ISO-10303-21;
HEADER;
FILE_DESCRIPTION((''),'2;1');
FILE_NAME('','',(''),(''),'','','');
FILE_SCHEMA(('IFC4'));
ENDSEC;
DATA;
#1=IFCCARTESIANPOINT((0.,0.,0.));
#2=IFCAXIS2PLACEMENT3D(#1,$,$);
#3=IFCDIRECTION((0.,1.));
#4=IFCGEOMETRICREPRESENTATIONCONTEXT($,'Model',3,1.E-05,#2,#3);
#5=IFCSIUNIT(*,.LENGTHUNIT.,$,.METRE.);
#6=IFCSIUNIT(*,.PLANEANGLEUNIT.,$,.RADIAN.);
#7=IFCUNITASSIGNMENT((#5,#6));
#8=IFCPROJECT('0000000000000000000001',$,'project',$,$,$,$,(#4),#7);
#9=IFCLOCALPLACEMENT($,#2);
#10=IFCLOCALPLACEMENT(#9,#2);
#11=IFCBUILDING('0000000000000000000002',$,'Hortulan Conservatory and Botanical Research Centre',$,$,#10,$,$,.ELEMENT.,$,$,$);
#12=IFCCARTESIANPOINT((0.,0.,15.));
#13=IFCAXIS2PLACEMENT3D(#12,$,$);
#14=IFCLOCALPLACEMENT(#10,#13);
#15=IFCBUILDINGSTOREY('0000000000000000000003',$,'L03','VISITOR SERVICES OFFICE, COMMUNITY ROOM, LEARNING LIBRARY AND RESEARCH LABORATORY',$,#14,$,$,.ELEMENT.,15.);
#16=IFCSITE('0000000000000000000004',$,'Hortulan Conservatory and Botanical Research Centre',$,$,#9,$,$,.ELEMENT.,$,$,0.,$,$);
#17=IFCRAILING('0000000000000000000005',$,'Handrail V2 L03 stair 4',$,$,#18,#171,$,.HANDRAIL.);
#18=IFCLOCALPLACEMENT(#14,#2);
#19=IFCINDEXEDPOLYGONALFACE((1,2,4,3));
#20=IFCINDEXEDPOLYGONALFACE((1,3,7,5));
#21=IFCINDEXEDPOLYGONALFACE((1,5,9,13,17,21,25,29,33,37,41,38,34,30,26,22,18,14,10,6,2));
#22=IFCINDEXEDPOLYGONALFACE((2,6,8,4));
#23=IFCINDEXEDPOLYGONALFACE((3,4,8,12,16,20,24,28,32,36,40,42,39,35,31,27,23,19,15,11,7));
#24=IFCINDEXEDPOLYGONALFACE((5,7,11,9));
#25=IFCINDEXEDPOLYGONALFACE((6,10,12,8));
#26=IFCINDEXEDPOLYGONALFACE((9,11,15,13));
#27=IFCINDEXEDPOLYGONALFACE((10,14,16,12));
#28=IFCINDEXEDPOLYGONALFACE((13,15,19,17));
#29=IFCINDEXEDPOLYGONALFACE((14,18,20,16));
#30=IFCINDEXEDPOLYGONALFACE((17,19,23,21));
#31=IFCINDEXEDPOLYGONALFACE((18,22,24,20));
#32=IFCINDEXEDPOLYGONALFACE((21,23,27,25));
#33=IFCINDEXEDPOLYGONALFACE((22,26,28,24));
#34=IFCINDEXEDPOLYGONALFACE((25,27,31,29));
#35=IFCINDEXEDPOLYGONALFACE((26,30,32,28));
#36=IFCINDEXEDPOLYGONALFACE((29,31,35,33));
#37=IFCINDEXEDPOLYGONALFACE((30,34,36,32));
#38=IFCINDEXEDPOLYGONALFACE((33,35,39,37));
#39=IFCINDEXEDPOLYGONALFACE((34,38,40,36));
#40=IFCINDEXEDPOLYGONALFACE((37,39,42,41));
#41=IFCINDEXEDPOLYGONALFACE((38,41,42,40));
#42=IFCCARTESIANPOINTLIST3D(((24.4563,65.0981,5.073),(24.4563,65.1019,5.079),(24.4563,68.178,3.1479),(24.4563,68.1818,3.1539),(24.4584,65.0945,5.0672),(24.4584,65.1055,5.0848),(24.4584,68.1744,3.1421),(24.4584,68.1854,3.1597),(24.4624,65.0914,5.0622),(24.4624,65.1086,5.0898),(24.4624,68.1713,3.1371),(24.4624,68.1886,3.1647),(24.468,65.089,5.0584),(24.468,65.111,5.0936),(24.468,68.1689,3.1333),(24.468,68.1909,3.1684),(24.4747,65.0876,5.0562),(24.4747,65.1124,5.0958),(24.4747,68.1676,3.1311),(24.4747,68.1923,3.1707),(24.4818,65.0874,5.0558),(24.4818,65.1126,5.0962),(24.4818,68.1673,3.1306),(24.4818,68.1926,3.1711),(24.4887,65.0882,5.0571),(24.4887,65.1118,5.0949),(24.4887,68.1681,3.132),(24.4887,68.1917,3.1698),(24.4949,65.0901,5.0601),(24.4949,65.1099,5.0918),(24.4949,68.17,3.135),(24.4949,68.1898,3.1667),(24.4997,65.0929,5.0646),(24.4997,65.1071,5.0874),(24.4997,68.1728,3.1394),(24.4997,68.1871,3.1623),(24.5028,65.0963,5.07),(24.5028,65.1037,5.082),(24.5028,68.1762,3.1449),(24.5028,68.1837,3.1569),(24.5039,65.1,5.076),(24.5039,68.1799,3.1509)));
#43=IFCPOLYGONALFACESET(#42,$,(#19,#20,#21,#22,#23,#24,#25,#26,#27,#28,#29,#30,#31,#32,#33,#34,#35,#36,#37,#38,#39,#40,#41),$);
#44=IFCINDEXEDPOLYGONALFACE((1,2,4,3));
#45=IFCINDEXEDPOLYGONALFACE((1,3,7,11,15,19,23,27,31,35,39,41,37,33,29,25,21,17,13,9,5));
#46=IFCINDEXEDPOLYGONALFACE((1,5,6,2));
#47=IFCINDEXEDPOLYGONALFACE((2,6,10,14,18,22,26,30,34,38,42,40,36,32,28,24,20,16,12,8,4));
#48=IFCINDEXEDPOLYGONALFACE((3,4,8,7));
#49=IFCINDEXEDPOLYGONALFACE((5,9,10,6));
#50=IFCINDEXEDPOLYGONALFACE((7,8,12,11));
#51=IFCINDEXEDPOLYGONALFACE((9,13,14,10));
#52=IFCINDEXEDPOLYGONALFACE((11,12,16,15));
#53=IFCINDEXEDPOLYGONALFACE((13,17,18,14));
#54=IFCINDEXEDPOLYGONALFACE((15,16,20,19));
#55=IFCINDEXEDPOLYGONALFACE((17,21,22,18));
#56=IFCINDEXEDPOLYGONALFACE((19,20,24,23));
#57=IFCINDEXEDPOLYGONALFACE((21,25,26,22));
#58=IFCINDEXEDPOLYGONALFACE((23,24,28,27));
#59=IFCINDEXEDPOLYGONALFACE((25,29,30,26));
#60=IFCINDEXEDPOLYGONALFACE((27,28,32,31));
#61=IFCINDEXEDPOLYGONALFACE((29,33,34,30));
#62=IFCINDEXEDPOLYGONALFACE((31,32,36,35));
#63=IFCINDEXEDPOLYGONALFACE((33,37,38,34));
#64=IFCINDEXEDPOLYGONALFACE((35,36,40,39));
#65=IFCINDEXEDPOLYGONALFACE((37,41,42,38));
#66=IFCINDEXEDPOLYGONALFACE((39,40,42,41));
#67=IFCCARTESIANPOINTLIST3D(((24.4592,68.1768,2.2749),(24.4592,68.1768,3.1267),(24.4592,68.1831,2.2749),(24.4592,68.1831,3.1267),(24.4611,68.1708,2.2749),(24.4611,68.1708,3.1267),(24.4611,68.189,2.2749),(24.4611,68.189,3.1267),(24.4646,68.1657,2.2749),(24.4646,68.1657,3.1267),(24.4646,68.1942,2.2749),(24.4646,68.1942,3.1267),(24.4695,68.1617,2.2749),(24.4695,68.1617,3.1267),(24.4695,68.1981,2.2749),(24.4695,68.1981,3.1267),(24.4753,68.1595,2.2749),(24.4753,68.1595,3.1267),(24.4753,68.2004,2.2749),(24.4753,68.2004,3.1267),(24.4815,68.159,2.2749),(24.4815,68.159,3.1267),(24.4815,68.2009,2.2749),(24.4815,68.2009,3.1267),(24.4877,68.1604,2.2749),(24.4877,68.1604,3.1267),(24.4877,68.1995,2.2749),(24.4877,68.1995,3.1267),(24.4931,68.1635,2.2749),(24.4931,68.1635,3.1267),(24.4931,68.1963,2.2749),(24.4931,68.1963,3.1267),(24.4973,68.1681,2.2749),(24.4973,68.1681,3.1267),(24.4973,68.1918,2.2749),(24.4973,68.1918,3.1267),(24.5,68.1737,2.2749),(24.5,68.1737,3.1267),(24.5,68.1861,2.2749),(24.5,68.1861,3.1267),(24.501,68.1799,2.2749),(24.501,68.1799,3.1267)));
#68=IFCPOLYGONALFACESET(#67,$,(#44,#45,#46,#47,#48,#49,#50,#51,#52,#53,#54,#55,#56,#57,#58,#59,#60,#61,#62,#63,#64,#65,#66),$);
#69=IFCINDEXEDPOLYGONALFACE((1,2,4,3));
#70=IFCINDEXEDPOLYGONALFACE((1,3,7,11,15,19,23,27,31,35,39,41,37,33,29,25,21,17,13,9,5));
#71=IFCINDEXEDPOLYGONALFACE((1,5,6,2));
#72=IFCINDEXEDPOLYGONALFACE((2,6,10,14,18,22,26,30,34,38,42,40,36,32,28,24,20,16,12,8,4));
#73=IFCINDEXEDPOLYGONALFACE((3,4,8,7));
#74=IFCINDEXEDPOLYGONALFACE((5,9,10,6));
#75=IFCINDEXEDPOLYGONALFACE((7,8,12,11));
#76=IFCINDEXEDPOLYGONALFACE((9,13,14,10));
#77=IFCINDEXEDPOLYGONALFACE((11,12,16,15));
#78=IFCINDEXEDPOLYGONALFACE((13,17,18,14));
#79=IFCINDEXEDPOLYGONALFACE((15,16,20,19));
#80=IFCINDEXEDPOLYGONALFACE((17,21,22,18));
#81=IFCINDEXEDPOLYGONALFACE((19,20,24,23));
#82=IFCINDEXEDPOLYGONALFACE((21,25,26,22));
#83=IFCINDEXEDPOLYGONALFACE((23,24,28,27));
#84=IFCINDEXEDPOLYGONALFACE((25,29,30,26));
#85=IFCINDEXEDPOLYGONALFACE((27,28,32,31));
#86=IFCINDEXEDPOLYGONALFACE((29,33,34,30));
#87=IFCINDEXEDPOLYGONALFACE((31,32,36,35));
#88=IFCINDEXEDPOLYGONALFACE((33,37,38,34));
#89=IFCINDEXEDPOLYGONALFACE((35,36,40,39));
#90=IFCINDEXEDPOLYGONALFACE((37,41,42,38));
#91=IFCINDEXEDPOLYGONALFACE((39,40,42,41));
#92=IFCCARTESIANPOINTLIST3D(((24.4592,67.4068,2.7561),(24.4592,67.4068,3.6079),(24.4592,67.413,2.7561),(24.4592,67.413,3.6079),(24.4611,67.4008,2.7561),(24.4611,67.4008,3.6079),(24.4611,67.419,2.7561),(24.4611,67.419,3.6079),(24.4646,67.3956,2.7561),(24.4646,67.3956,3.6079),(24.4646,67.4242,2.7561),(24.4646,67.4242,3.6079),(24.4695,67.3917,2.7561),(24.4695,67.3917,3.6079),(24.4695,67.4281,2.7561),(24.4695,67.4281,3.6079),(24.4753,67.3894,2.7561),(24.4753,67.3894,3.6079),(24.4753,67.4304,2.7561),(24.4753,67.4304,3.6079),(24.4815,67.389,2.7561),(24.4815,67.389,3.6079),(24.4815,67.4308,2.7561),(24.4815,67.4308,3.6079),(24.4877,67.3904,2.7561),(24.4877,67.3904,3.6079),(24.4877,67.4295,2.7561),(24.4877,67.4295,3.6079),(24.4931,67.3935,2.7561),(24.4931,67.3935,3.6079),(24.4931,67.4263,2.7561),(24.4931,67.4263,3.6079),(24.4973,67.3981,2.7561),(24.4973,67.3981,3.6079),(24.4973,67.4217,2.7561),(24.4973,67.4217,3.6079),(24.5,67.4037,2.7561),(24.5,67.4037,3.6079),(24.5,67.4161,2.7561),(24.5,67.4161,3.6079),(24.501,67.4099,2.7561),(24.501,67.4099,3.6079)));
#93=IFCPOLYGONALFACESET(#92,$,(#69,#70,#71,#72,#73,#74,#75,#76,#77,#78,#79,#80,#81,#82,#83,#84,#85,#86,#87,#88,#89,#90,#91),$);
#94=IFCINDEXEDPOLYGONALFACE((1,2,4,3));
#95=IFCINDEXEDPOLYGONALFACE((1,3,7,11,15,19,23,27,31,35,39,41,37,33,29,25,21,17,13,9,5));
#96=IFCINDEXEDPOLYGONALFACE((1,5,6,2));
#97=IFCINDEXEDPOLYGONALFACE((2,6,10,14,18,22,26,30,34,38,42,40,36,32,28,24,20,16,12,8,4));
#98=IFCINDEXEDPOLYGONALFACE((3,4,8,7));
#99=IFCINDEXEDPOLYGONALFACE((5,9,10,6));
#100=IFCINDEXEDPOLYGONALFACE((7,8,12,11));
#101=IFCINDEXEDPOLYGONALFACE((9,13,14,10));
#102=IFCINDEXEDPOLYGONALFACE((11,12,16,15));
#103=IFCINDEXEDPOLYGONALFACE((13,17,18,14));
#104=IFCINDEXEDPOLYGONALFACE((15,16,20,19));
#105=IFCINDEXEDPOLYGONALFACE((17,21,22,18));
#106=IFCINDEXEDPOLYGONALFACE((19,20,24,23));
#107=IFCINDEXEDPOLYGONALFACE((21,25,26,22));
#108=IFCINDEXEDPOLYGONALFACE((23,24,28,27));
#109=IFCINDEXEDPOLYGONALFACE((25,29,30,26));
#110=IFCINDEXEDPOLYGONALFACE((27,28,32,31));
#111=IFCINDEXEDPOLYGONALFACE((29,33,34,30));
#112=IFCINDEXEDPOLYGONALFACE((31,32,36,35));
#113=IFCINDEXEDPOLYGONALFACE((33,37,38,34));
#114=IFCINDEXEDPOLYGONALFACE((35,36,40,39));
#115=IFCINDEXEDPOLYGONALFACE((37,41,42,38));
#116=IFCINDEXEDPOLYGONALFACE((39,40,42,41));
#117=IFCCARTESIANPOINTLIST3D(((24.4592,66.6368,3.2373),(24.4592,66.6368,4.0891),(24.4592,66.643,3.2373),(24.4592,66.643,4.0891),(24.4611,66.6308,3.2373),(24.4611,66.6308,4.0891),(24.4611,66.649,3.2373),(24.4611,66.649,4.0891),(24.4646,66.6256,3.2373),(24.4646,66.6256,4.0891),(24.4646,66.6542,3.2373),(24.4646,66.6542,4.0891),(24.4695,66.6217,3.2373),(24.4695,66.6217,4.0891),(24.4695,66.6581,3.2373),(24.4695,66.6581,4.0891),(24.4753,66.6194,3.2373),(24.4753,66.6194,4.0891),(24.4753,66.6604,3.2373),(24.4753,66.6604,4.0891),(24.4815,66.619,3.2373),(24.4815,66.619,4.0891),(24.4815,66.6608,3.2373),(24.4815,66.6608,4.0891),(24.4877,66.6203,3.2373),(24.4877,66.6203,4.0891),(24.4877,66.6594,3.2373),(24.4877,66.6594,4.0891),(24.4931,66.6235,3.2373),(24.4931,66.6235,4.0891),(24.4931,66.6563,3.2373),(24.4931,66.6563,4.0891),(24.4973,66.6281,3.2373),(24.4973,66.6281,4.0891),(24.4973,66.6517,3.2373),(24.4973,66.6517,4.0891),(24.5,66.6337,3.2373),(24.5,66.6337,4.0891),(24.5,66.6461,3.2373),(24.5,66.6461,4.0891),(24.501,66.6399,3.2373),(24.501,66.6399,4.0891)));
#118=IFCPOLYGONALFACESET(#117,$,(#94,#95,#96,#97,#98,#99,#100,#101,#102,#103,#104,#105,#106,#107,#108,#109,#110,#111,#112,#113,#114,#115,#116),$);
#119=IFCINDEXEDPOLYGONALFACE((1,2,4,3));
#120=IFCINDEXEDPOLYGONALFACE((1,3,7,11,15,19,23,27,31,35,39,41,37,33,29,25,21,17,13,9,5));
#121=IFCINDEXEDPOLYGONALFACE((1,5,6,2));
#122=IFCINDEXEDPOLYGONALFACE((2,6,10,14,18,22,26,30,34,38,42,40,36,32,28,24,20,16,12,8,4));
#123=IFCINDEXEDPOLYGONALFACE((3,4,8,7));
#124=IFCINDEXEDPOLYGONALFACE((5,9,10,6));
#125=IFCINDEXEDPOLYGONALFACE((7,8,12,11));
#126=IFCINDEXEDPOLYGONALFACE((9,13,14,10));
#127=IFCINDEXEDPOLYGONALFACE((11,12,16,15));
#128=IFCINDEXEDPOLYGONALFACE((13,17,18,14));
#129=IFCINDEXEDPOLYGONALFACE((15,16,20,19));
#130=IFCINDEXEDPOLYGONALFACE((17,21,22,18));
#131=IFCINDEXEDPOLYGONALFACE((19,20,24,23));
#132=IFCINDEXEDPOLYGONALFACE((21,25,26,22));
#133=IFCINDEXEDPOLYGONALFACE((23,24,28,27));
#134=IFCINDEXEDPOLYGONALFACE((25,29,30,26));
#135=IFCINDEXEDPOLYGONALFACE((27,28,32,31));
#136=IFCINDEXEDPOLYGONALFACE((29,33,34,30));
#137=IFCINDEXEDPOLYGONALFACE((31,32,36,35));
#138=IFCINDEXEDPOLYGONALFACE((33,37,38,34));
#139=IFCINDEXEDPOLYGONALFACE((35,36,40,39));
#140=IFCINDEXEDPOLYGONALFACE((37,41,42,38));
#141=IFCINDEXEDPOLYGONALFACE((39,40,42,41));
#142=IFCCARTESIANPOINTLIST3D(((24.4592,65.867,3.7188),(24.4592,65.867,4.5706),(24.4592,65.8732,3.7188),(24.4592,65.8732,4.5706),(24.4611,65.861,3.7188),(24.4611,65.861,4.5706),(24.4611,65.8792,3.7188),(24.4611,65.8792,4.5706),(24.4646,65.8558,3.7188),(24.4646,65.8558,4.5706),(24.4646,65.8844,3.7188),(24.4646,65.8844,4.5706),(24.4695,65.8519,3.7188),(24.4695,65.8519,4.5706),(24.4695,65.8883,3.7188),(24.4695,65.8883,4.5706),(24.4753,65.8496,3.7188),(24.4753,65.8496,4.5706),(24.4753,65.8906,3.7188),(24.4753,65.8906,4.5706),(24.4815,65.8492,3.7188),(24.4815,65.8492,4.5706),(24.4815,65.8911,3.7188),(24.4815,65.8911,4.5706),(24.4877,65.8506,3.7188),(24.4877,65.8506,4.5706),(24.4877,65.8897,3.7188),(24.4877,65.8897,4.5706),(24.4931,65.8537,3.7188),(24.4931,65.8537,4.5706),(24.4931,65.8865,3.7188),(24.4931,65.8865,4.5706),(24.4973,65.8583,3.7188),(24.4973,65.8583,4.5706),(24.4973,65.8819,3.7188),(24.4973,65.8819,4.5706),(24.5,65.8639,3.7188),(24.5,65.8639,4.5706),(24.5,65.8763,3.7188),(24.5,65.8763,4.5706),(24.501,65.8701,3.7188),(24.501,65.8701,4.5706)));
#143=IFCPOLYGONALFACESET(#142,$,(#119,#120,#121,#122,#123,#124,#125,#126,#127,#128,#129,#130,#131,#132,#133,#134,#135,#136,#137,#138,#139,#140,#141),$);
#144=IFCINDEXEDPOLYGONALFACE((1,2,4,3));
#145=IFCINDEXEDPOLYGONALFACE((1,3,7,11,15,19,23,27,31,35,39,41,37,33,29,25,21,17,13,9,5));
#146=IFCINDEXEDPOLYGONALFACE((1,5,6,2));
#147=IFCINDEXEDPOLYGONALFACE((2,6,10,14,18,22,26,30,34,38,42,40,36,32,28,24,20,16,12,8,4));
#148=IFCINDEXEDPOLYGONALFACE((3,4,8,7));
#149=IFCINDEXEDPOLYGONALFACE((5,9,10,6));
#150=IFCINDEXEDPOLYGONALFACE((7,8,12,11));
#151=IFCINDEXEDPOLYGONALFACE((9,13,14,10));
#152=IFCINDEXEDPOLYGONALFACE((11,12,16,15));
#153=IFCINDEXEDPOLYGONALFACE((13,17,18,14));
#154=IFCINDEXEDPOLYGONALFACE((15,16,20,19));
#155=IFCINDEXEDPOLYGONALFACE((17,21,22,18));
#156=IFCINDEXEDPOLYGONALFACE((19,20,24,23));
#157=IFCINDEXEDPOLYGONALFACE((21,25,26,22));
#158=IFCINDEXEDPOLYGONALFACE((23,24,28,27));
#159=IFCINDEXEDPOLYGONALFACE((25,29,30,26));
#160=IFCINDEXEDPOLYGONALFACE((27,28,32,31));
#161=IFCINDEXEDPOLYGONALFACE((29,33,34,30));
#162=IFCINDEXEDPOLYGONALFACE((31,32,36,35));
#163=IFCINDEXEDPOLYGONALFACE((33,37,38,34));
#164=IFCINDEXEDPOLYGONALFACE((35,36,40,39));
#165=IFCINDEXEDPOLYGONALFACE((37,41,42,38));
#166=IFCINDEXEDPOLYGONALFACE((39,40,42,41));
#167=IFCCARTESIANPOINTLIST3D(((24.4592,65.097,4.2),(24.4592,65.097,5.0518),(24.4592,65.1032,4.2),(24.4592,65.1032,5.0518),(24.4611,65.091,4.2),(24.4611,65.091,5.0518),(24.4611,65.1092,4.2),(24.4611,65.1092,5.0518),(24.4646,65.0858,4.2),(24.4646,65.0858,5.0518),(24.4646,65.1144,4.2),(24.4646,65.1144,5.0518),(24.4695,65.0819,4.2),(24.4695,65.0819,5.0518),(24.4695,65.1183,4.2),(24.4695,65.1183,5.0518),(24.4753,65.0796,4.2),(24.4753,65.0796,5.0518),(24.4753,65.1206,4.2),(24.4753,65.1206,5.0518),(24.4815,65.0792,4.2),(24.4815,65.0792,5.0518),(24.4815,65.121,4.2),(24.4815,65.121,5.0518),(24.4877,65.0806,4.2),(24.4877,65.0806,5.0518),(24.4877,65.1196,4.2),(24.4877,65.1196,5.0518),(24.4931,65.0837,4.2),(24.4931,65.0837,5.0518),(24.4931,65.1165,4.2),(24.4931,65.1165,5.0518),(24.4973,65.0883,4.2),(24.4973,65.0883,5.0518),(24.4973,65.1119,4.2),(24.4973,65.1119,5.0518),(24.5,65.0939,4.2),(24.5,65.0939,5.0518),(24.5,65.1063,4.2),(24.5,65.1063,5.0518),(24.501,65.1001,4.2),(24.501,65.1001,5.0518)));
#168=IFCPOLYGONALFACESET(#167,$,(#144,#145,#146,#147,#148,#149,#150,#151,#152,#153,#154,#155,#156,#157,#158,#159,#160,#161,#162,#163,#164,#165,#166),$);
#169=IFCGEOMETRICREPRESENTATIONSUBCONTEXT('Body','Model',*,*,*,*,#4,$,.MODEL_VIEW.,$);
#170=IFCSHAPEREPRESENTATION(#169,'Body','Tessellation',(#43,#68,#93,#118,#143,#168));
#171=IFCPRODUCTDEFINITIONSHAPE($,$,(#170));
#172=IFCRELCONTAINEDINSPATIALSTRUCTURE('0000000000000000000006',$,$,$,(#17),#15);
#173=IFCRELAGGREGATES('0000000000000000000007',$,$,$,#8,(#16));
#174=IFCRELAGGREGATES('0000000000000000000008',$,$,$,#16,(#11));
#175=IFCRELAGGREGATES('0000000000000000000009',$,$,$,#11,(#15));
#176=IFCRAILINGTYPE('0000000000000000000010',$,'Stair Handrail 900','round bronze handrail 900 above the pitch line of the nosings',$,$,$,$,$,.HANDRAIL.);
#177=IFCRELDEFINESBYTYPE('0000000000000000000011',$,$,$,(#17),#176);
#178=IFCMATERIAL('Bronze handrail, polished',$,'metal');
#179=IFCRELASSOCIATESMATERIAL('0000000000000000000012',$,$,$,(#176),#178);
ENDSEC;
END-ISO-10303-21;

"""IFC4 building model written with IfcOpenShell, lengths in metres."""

from ifc_helpers import new_model, si_unit, direction, frame, origin, origin_2d, place, context, subcontext, project, spatial, circle, extrude, material, type_object, element, save


model = new_model("IFC4")

# Units and contexts
model_context = context("Model", 3, precision=1e-05, world=origin(), true_north=direction((0.0, 1.0)))
body_context = subcontext(model_context, "Body", "Model", "MODEL_VIEW")
ifc_project = project(units=[si_unit("LENGTHUNIT", "METRE"), si_unit("PLANEANGLEUNIT", "RADIAN")], contexts=[model_context])

# Site, building, storey
site_placement = place(None, origin())
site = spatial("IfcSite", under=ifc_project, at=site_placement, Name="Hortulan Conservatory and Botanical Research Centre", CompositionType="ELEMENT", RefElevation=0.0)
building_placement = place(site_placement, origin())
building = spatial("IfcBuilding", under=site, at=building_placement, Name="Hortulan Conservatory and Botanical Research Centre", CompositionType="ELEMENT")
storey_placement = place(building_placement, frame((0.0, 0.0, 15.0)))
storey = spatial("IfcBuildingStorey", under=building, at=storey_placement, Name="L03", Description="VISITOR SERVICES OFFICE, COMMUNITY ROOM, LEARNING LIBRARY AND RESEARCH LABORATORY", CompositionType="ELEMENT", Elevation=15.0)

# Railing
ifc_material_1 = material(Name="Bronze handrail, polished", Category="metal")
railing_type_1 = type_object("IfcRailingType", Name="Stair Handrail 900", Description="round bronze handrail 900 above the pitch line of the nosings", PredefinedType="HANDRAIL", material=ifc_material_1)
railing_1_placement = place(storey_placement, frame((24.48, 68.1799, 2.2749)))
element("IfcRailing", 1, at=railing_1_placement, inside=storey, type_object=railing_type_1, Name="Handrail V2 L03 stair 4", PredefinedType="HANDRAIL", context=body_context, shape_type="SweptSolid", body=[
    extrude(circle(Radius=0.0239, at=origin_2d()), frame((0.0, 0.0, 0.876), z_axis=(0.0, -0.847979, 0.530029), x_axis=(1.0, 0.0, 0.0)), (0.0, 0.0, 1.0), 3.6321),
    extrude(circle(Radius=0.021, at=origin_2d()), origin(), (0.0, 0.0, 1.0), 0.8518),
    extrude(circle(Radius=0.021, at=origin_2d()), frame((0.0, -0.77, 0.4812)), (0.0, 0.0, 1.0), 0.8518),
    extrude(circle(Radius=0.021, at=origin_2d()), frame((0.0, -1.54, 0.9624)), (0.0, 0.0, 1.0), 0.8518),
    extrude(circle(Radius=0.021, at=origin_2d()), frame((0.0, -2.3098, 1.4438)), (0.0, 0.0, 1.0), 0.8518),
    extrude(circle(Radius=0.021, at=origin_2d()), frame((0.0, -3.0798, 1.925)), (0.0, 0.0, 1.0), 0.8518),
])

save(model, "model.ifc")
